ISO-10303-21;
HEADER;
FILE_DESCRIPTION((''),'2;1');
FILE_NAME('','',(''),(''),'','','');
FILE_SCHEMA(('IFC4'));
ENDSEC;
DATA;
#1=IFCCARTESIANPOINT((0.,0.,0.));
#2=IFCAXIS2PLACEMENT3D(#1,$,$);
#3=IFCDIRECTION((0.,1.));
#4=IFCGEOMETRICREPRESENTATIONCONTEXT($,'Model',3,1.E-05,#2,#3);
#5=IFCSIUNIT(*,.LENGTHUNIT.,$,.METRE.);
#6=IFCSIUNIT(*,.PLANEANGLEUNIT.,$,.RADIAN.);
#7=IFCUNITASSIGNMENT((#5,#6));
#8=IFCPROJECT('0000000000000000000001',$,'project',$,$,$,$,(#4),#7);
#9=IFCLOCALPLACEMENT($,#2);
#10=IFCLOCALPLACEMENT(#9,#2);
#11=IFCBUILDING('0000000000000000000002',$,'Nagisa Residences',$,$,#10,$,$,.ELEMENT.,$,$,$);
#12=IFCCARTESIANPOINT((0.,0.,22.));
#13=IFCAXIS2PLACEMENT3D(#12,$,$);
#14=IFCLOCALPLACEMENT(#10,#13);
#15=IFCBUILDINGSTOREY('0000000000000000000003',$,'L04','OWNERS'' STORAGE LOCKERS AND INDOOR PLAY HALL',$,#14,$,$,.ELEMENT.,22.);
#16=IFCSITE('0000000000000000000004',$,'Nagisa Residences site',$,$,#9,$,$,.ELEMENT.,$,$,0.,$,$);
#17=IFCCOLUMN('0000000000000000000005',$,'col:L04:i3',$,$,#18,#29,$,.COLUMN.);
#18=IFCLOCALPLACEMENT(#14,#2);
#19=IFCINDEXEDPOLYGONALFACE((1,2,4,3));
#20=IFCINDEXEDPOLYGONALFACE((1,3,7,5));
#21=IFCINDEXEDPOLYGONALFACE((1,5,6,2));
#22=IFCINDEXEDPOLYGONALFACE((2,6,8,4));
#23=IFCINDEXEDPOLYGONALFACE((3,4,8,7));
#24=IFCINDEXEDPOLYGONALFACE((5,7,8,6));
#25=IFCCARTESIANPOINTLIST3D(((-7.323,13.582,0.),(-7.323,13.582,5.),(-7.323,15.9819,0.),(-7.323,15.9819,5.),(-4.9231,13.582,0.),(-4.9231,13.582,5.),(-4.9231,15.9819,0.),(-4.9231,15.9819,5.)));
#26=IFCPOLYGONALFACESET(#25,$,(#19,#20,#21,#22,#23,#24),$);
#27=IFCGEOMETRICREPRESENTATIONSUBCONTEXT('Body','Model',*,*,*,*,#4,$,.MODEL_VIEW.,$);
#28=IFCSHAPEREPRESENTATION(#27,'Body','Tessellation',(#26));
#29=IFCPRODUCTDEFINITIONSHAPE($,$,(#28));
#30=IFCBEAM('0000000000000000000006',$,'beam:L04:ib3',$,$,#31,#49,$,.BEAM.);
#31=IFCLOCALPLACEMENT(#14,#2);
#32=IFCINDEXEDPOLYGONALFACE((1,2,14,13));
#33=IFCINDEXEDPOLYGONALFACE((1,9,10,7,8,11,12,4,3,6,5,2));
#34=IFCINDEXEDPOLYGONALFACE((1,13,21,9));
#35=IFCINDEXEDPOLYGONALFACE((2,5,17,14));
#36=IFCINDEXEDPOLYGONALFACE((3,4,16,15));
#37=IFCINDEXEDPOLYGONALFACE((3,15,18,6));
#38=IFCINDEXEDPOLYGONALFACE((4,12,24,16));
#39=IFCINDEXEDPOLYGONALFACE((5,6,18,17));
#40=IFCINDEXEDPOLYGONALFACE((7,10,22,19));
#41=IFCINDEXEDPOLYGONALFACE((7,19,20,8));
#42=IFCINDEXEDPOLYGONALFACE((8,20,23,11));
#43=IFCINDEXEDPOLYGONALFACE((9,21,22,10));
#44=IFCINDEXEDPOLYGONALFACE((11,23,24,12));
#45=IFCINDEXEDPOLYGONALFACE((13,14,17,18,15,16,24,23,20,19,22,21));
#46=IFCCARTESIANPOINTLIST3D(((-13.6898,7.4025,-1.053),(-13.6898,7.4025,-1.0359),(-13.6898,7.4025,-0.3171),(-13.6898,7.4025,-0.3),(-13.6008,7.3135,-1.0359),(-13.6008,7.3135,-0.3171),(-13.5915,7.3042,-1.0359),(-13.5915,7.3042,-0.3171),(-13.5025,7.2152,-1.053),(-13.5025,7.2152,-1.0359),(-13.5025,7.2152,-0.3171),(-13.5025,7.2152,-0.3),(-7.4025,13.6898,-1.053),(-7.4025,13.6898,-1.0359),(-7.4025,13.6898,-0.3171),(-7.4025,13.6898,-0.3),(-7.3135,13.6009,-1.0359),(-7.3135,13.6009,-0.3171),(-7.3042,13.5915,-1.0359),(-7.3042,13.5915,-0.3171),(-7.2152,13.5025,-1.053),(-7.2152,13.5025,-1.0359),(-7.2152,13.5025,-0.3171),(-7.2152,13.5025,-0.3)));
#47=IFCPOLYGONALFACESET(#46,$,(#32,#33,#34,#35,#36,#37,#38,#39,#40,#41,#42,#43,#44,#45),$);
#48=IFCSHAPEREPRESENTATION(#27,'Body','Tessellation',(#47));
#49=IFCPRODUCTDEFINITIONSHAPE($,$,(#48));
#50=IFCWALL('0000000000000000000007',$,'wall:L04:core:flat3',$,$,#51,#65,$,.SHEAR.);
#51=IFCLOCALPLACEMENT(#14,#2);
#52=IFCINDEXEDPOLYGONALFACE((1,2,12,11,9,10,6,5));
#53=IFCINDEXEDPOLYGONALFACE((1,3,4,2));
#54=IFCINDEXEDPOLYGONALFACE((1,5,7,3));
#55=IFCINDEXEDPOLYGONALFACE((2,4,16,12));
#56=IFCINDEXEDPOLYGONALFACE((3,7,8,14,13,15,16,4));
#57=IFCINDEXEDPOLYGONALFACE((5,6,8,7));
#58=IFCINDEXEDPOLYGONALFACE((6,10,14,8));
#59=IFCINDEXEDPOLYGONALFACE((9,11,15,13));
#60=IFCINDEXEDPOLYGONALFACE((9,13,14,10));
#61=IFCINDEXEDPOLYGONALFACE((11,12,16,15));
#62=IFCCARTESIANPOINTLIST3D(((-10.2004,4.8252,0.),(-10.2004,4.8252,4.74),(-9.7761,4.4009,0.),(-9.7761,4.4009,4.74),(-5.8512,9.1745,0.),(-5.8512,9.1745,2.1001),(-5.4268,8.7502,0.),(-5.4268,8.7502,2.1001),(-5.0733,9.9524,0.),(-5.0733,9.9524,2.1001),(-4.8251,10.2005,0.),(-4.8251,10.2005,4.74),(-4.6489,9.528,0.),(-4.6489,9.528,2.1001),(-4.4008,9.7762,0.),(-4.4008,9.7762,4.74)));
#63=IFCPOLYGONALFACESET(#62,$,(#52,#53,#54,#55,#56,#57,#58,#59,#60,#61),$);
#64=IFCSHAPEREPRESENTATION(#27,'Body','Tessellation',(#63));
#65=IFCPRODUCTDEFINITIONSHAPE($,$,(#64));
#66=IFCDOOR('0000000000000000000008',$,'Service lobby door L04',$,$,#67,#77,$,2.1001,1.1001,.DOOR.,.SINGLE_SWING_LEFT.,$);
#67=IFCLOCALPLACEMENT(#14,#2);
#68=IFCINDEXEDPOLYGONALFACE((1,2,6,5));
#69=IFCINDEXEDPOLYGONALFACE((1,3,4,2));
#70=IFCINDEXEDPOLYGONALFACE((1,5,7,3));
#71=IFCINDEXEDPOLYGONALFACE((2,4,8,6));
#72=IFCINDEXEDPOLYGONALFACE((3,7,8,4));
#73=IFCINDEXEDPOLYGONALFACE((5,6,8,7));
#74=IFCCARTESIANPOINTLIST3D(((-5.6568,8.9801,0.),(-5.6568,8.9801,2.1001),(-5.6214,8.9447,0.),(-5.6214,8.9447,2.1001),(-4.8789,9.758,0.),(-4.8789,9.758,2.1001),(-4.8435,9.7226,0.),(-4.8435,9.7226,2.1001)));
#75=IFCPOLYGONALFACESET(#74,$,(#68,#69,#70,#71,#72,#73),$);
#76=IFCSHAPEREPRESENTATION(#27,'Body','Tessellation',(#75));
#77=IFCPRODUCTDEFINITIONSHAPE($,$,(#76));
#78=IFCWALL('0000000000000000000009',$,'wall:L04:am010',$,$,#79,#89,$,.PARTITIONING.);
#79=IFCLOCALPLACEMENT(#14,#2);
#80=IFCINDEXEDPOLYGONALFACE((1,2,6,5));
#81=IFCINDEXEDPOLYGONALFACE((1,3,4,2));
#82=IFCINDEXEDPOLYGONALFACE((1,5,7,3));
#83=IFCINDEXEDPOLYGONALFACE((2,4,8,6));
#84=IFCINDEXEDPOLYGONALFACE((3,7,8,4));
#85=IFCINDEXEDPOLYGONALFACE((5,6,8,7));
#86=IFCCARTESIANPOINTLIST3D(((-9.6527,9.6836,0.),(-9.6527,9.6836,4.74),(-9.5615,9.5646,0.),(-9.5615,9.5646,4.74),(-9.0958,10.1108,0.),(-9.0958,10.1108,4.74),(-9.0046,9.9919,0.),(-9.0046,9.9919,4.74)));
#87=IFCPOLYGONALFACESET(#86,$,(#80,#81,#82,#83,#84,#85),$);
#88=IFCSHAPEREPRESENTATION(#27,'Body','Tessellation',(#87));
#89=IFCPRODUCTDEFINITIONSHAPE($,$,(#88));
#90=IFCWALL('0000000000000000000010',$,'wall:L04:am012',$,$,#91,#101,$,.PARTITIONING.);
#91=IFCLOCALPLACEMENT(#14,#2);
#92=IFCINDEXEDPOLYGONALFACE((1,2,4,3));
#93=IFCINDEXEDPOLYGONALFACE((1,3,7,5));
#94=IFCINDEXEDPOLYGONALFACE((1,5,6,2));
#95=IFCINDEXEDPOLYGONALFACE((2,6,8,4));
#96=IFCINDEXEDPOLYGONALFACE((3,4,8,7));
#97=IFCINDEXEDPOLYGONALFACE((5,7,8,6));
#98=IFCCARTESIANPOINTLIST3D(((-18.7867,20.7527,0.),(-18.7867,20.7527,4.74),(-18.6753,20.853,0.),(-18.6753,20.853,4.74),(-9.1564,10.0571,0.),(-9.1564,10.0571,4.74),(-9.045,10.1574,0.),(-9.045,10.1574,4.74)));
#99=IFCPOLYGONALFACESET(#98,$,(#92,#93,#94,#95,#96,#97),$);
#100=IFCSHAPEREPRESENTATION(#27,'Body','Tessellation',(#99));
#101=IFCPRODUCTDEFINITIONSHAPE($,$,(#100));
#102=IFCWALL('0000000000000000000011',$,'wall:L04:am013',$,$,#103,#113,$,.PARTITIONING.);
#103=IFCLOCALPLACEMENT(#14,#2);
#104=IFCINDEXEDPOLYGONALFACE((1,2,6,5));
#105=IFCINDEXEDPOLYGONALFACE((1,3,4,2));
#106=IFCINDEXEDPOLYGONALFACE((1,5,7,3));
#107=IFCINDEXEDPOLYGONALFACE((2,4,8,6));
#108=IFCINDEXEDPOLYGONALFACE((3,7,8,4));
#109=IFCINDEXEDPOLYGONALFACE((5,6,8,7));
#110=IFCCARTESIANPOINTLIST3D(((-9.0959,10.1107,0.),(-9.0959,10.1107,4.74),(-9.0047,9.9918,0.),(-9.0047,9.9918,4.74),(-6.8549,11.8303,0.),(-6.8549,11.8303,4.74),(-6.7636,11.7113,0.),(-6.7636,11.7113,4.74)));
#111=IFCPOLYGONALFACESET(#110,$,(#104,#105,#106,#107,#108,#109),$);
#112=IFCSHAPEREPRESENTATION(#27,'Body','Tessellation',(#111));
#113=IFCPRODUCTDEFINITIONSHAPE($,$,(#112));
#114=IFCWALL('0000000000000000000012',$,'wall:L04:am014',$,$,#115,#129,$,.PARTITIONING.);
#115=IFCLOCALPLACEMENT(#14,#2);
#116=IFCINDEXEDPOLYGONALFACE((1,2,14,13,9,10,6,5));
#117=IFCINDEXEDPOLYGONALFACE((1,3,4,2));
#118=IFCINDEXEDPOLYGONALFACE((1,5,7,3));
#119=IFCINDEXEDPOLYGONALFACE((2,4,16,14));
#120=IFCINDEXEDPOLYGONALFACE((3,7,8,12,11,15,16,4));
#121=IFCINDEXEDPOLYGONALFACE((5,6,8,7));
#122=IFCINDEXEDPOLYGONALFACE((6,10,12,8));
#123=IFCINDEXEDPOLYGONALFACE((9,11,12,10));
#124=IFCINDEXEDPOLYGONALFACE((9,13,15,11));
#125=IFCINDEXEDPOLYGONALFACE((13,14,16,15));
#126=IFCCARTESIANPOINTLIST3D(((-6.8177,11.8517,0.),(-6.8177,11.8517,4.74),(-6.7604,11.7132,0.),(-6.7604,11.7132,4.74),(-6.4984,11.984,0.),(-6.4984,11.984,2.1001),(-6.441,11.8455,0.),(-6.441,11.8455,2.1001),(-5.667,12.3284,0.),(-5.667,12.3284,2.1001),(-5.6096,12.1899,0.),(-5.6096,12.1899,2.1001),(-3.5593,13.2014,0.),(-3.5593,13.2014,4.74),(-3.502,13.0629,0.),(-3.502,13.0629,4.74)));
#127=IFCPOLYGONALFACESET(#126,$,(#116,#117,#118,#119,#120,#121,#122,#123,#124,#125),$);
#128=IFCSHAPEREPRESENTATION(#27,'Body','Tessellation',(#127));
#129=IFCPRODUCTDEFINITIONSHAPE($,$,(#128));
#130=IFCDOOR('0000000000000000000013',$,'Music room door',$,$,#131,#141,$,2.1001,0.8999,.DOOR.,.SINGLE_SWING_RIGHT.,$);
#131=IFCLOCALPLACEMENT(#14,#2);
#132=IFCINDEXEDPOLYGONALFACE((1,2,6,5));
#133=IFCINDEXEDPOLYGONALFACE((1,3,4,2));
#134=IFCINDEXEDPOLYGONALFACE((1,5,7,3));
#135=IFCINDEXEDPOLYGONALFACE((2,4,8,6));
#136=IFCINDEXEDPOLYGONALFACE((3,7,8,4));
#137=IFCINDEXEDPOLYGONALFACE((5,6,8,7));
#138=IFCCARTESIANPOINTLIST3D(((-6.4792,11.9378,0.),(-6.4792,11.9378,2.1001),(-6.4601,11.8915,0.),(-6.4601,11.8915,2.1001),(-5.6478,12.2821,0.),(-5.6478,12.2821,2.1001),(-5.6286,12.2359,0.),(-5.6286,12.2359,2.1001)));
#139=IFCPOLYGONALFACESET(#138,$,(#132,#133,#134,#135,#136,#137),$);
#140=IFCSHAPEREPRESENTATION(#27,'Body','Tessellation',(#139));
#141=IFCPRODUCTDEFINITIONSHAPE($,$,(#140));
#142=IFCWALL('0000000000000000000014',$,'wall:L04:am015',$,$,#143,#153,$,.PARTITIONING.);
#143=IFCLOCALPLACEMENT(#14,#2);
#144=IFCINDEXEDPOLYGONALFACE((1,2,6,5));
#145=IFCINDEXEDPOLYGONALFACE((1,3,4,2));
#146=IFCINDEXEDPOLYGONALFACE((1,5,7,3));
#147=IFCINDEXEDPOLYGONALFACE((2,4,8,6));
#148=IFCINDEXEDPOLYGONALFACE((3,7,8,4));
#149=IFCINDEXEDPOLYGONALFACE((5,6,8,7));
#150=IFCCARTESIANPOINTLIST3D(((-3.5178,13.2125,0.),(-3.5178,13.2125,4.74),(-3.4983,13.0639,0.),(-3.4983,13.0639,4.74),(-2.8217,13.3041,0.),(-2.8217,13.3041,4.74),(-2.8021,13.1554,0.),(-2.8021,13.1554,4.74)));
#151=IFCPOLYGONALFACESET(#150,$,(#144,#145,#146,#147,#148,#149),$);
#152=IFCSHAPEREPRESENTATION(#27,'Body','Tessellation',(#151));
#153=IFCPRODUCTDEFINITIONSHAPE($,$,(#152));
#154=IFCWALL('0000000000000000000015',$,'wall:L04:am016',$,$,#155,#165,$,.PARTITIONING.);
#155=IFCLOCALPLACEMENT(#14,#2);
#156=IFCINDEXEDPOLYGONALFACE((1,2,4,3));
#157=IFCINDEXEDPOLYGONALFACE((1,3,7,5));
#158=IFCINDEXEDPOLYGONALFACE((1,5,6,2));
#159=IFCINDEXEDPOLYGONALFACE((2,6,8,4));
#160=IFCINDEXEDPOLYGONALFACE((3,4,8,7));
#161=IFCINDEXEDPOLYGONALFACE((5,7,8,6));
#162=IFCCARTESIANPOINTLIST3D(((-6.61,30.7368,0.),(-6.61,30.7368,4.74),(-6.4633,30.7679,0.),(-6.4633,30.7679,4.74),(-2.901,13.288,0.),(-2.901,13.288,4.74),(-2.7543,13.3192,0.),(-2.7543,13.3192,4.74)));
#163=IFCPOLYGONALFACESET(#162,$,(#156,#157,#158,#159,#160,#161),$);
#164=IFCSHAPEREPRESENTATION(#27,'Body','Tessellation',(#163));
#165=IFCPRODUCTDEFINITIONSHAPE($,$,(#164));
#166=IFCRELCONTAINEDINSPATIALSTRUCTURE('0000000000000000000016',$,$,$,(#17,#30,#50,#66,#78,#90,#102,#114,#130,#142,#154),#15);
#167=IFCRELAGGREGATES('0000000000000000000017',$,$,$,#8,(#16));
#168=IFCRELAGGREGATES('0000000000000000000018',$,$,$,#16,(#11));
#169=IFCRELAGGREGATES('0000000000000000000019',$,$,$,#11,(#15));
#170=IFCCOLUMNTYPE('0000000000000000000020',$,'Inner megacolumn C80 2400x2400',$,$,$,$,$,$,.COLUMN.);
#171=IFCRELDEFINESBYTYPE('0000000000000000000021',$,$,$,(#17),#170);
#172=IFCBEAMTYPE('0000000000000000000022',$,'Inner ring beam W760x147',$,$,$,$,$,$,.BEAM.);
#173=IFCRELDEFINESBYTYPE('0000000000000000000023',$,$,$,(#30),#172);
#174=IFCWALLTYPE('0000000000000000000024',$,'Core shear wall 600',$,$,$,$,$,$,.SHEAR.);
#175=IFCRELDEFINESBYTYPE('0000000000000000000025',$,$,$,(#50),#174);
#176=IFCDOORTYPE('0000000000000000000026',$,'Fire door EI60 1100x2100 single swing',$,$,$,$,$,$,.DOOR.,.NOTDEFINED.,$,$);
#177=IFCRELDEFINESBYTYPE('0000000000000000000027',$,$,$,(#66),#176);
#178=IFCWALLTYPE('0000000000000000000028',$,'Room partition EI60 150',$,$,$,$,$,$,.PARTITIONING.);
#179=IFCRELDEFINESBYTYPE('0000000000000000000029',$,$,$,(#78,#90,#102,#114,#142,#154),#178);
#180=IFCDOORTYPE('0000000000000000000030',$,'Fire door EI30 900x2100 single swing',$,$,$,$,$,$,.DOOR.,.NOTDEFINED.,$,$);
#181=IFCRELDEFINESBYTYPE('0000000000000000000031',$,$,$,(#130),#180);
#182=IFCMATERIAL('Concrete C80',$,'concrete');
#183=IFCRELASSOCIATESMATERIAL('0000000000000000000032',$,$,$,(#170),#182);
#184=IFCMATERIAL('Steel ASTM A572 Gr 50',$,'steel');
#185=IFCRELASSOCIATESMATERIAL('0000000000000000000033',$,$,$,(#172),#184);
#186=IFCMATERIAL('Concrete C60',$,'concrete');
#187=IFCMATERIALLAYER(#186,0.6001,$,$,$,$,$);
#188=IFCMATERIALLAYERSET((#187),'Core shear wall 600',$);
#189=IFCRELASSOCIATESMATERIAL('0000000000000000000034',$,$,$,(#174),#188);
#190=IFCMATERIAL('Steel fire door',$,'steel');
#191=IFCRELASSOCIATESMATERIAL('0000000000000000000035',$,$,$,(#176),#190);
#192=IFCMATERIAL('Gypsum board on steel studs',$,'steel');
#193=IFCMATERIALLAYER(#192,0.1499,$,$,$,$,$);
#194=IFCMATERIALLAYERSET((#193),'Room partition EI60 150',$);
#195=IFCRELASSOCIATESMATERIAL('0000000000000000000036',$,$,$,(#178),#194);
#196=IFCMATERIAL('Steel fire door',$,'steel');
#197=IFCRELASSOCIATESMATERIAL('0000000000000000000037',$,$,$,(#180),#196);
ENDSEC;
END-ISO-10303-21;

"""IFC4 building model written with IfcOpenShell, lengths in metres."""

from ifc_helpers import new_model, si_unit, direction, frame, frame_2d, origin, origin_2d, place, context, subcontext, project, spatial, rectangle, i_section, extrude, material, layer, layer_set, material_profile, profile_set, type_object, element, fill, save


model = new_model("IFC4")

# Units and contexts
model_context = context("Model", 3, precision=1e-05, world=origin(), true_north=direction((0.0, 1.0)))
body_context = subcontext(model_context, "Body", "Model", "MODEL_VIEW")
ifc_project = project(units=[si_unit("LENGTHUNIT", "METRE"), si_unit("PLANEANGLEUNIT", "RADIAN")], contexts=[model_context])

# Site, building, storey
site_placement = place(None, origin())
site = spatial("IfcSite", under=ifc_project, at=site_placement, Name="Nagisa Residences site", CompositionType="ELEMENT", RefElevation=0.0)
building_placement = place(site_placement, origin())
building = spatial("IfcBuilding", under=site, at=building_placement, Name="Nagisa Residences", CompositionType="ELEMENT")
storey_placement = place(building_placement, frame((0.0, 0.0, 22.0)))
storey = spatial("IfcBuildingStorey", under=building, at=storey_placement, Name="L04", Description="OWNERS' STORAGE LOCKERS AND INDOOR PLAY HALL", CompositionType="ELEMENT", Elevation=22.0)

# Column
ifc_material_1 = material(Name="Concrete C80", Category="concrete")
ifc_material_profile_1 = material_profile(ifc_material_1, rectangle(XDim=2.3999, YDim=2.3999, at=origin_2d()), Name="C80 2400x2400")
ifc_profile_set_1 = profile_set([ifc_material_profile_1], Name="Concrete C80")
column_type = type_object("IfcColumnType", Name="Inner megacolumn C80 2400x2400", PredefinedType="COLUMN", material=ifc_profile_set_1)
column_placement = place(storey_placement, frame((-6.123, 14.782, 0.0), z_axis=(0.0, 0.0, 1.0), x_axis=(1.0, 0.0, 0.0)))
element("IfcColumn", 1, at=column_placement, inside=storey, type_object=column_type, Name="col:L04:i3", PredefinedType="COLUMN", context=body_context, shape_type="SweptSolid", body=[
    extrude(rectangle(XDim=2.3999, YDim=2.3999, at=origin_2d()), origin(), (0.0, 0.0, 1.0), 5.0),
])

# Beam
ifc_material_2 = material(Name="Steel ASTM A572 Gr 50", Category="steel")
ifc_material_profile_2 = material_profile(ifc_material_2, i_section(OverallWidth=0.2649, OverallDepth=0.7529, WebThickness=0.0132, FlangeThickness=0.0171, at=origin_2d()), Name="W760x147")
ifc_profile_set_2 = profile_set([ifc_material_profile_2], Name="Steel ASTM A572 Gr 50")
beam_type = type_object("IfcBeamType", Name="Inner ring beam W760x147", PredefinedType="BEAM", material=ifc_profile_set_2)
beam_placement = place(storey_placement, frame((-7.3088, 13.5962, -0.6765), z_axis=(-0.707107, -0.707107, 0.0), x_axis=(0.707107, -0.707107, 0.0)))
element("IfcBeam", 2, at=beam_placement, inside=storey, type_object=beam_type, Name="beam:L04:ib3", PredefinedType="BEAM", context=body_context, shape_type="SweptSolid", body=[
    extrude(i_section(OverallWidth=0.2649, OverallDepth=0.7529, WebThickness=0.0132, FlangeThickness=0.0171, at=origin_2d()), origin(), (0.0, 0.0, 1.0), 8.8916),
])

# Wall, opening, door
ifc_material_3 = material(Name="Concrete C60", Category="concrete")
ifc_layer_1 = layer(ifc_material_3, 0.6001)
ifc_layer_set_1 = layer_set([ifc_layer_1], Name="Core shear wall 600")
wall_type_1 = type_object("IfcWallType", Name="Core shear wall 600", PredefinedType="SHEAR", material=ifc_layer_set_1)
wall_1_placement = place(storey_placement, frame((-4.613, 9.9883, 0.0), z_axis=(0.0, 0.0, 1.0), x_axis=(-0.707107, -0.707107, 0.0)))
wall_1 = element("IfcWall", 3, at=wall_1_placement, inside=storey, type_object=wall_type_1, Name="wall:L04:core:flat3", PredefinedType="SHEAR", context=body_context, shape_type="SweptSolid", body=[
    extrude(rectangle(XDim=7.6018, YDim=0.6001, at=frame_2d((3.8008, 0.0))), origin(), (0.0, 0.0, 1.0), 4.74),
])
opening_1_placement = place(wall_1_placement, frame((0.3508, 0.0, 0.0)))
opening_1 = element("IfcOpeningElement", 4, at=opening_1_placement, cuts=wall_1, PredefinedType="OPENING", context=body_context, shape_type="SweptSolid", body=[
    extrude(rectangle(XDim=1.1001, YDim=2.1001, at=frame_2d((0.55, 1.05))), frame((0.0, 0.3101, 0.0), z_axis=(0.0, -1.0, 0.0), x_axis=(1.0, 0.0, 0.0)), (0.0, 0.0, 1.0), 0.6201),
])
ifc_material_4 = material(Name="Steel fire door", Category="steel")
door_type_1 = type_object("IfcDoorType", Name="Fire door EI60 1100x2100 single swing", OperationType="NOTDEFINED", PredefinedType="DOOR", material=ifc_material_4)
door_1_placement = place(opening_1_placement, origin())
door_1 = element("IfcDoor", 5, at=door_1_placement, inside=storey, type_object=door_type_1, Name="Service lobby door L04", OperationType="SINGLE_SWING_LEFT", OverallHeight=2.1001, OverallWidth=1.1001, PredefinedType="DOOR", context=body_context, shape_type="SweptSolid", body=[
    extrude(rectangle(XDim=1.1001, YDim=2.1001, at=frame_2d((0.55, 1.05))), frame((0.0, 0.0249, 0.0), z_axis=(0.0, -1.0, 0.0), x_axis=(1.0, 0.0, 0.0)), (0.0, 0.0, 1.0), 0.05),
])
fill(opening_1, door_1)

# Walls
ifc_material_5 = material(Name="Gypsum board on steel studs", Category="steel")
ifc_layer_2 = layer(ifc_material_5, 0.1499)
ifc_layer_set_2 = layer_set([ifc_layer_2], Name="Room partition EI60 150")
wall_type_2 = type_object("IfcWallType", Name="Room partition EI60 150", PredefinedType="PARTITIONING", material=ifc_layer_set_2)
wall_2_placement = place(storey_placement, frame((-9.6072, 9.624, 0.0), z_axis=(0.0, 0.0, 1.0), x_axis=(0.793399, 0.608702, 0.0)))
element("IfcWall", 6, at=wall_2_placement, inside=storey, type_object=wall_type_2, Name="wall:L04:am010", PredefinedType="PARTITIONING", context=body_context, shape_type="SweptSolid", body=[
    extrude(rectangle(XDim=0.7019, YDim=0.1499, at=frame_2d((0.3511, 0.0))), origin(), (0.0, 0.0, 1.0), 4.74),
])
wall_3_placement = place(storey_placement, frame((-9.1006, 10.1072, 0.0), z_axis=(0.0, 0.0, 1.0), x_axis=(-0.669132, 0.743143, 0.0)))
element("IfcWall", 7, at=wall_3_placement, inside=storey, type_object=wall_type_2, Name="wall:L04:am012", PredefinedType="PARTITIONING", context=body_context, shape_type="SweptSolid", body=[
    extrude(rectangle(XDim=14.3923, YDim=0.1499, at=frame_2d((7.1963, 0.0))), origin(), (0.0, 0.0, 1.0), 4.74),
])
wall_4_placement = place(storey_placement, frame((-9.0503, 10.0513, 0.0), z_axis=(0.0, 0.0, 1.0), x_axis=(0.793366, 0.608745, 0.0)))
element("IfcWall", 8, at=wall_4_placement, inside=storey, type_object=wall_type_2, Name="wall:L04:am013", PredefinedType="PARTITIONING", context=body_context, shape_type="SweptSolid", body=[
    extrude(rectangle(XDim=2.8247, YDim=0.1499, at=frame_2d((1.4124, 0.0))), origin(), (0.0, 0.0, 1.0), 4.74),
])

# Wall, opening, door
wall_5_placement = place(storey_placement, frame((-6.7891, 11.7825, 0.0), z_axis=(0.0, 0.0, 1.0), x_axis=(0.923882, 0.382678, 0.0)))
wall_5 = element("IfcWall", 9, at=wall_5_placement, inside=storey, type_object=wall_type_2, Name="wall:L04:am014", PredefinedType="PARTITIONING", context=body_context, shape_type="SweptSolid", body=[
    extrude(rectangle(XDim=3.5269, YDim=0.1499, at=frame_2d((1.7634, 0.0))), origin(), (0.0, 0.0, 1.0), 4.74),
])
opening_2_placement = place(wall_5_placement, frame((0.3457, 0.0, 0.0)))
opening_2 = element("IfcOpeningElement", 10, at=opening_2_placement, cuts=wall_5, PredefinedType="OPENING", context=body_context, shape_type="SweptSolid", body=[
    extrude(rectangle(XDim=0.8999, YDim=2.1001, at=frame_2d((0.45, 1.05))), frame((0.0, 0.085, 0.0), z_axis=(0.0, -1.0, 0.0), x_axis=(1.0, 0.0, 0.0)), (0.0, 0.0, 1.0), 0.1699),
])
ifc_material_6 = material(Name="Steel fire door", Category="steel")
door_type_2 = type_object("IfcDoorType", Name="Fire door EI30 900x2100 single swing", OperationType="NOTDEFINED", PredefinedType="DOOR", material=ifc_material_6)
door_2_placement = place(opening_2_placement, origin())
door_2 = element("IfcDoor", 11, at=door_2_placement, inside=storey, type_object=door_type_2, Name="Music room door", OperationType="SINGLE_SWING_RIGHT", OverallHeight=2.1001, OverallWidth=0.8999, PredefinedType="DOOR", context=body_context, shape_type="SweptSolid", body=[
    extrude(rectangle(XDim=0.8999, YDim=2.1001, at=frame_2d((0.45, 1.05))), frame((0.0, 0.0249, 0.0), z_axis=(0.0, -1.0, 0.0), x_axis=(1.0, 0.0, 0.0)), (0.0, 0.0, 1.0), 0.05),
])
fill(opening_2, door_2)

# Walls
wall_6_placement = place(storey_placement, frame((-3.5081, 13.1382, 0.0), z_axis=(0.0, 0.0, 1.0), x_axis=(0.99146, 0.13041, 0.0)))
element("IfcWall", 12, at=wall_6_placement, inside=storey, type_object=wall_type_2, Name="wall:L04:am015", PredefinedType="PARTITIONING", context=body_context, shape_type="SweptSolid", body=[
    extrude(rectangle(XDim=0.7021, YDim=0.1499, at=frame_2d((0.3511, 0.0))), origin(), (0.0, 0.0, 1.0), 4.74),
])
wall_7_placement = place(storey_placement, frame((-2.8276, 13.3035, 0.0), z_axis=(0.0, 0.0, 1.0), x_axis=(-0.207919, 0.978146, 0.0)))
element("IfcWall", 13, at=wall_7_placement, inside=storey, type_object=wall_type_2, Name="wall:L04:am016", PredefinedType="PARTITIONING", context=body_context, shape_type="SweptSolid", body=[
    extrude(rectangle(XDim=17.8386, YDim=0.1499, at=frame_2d((8.9194, 0.0))), origin(), (0.0, 0.0, 1.0), 4.74),
])

save(model, "model.ifc")
